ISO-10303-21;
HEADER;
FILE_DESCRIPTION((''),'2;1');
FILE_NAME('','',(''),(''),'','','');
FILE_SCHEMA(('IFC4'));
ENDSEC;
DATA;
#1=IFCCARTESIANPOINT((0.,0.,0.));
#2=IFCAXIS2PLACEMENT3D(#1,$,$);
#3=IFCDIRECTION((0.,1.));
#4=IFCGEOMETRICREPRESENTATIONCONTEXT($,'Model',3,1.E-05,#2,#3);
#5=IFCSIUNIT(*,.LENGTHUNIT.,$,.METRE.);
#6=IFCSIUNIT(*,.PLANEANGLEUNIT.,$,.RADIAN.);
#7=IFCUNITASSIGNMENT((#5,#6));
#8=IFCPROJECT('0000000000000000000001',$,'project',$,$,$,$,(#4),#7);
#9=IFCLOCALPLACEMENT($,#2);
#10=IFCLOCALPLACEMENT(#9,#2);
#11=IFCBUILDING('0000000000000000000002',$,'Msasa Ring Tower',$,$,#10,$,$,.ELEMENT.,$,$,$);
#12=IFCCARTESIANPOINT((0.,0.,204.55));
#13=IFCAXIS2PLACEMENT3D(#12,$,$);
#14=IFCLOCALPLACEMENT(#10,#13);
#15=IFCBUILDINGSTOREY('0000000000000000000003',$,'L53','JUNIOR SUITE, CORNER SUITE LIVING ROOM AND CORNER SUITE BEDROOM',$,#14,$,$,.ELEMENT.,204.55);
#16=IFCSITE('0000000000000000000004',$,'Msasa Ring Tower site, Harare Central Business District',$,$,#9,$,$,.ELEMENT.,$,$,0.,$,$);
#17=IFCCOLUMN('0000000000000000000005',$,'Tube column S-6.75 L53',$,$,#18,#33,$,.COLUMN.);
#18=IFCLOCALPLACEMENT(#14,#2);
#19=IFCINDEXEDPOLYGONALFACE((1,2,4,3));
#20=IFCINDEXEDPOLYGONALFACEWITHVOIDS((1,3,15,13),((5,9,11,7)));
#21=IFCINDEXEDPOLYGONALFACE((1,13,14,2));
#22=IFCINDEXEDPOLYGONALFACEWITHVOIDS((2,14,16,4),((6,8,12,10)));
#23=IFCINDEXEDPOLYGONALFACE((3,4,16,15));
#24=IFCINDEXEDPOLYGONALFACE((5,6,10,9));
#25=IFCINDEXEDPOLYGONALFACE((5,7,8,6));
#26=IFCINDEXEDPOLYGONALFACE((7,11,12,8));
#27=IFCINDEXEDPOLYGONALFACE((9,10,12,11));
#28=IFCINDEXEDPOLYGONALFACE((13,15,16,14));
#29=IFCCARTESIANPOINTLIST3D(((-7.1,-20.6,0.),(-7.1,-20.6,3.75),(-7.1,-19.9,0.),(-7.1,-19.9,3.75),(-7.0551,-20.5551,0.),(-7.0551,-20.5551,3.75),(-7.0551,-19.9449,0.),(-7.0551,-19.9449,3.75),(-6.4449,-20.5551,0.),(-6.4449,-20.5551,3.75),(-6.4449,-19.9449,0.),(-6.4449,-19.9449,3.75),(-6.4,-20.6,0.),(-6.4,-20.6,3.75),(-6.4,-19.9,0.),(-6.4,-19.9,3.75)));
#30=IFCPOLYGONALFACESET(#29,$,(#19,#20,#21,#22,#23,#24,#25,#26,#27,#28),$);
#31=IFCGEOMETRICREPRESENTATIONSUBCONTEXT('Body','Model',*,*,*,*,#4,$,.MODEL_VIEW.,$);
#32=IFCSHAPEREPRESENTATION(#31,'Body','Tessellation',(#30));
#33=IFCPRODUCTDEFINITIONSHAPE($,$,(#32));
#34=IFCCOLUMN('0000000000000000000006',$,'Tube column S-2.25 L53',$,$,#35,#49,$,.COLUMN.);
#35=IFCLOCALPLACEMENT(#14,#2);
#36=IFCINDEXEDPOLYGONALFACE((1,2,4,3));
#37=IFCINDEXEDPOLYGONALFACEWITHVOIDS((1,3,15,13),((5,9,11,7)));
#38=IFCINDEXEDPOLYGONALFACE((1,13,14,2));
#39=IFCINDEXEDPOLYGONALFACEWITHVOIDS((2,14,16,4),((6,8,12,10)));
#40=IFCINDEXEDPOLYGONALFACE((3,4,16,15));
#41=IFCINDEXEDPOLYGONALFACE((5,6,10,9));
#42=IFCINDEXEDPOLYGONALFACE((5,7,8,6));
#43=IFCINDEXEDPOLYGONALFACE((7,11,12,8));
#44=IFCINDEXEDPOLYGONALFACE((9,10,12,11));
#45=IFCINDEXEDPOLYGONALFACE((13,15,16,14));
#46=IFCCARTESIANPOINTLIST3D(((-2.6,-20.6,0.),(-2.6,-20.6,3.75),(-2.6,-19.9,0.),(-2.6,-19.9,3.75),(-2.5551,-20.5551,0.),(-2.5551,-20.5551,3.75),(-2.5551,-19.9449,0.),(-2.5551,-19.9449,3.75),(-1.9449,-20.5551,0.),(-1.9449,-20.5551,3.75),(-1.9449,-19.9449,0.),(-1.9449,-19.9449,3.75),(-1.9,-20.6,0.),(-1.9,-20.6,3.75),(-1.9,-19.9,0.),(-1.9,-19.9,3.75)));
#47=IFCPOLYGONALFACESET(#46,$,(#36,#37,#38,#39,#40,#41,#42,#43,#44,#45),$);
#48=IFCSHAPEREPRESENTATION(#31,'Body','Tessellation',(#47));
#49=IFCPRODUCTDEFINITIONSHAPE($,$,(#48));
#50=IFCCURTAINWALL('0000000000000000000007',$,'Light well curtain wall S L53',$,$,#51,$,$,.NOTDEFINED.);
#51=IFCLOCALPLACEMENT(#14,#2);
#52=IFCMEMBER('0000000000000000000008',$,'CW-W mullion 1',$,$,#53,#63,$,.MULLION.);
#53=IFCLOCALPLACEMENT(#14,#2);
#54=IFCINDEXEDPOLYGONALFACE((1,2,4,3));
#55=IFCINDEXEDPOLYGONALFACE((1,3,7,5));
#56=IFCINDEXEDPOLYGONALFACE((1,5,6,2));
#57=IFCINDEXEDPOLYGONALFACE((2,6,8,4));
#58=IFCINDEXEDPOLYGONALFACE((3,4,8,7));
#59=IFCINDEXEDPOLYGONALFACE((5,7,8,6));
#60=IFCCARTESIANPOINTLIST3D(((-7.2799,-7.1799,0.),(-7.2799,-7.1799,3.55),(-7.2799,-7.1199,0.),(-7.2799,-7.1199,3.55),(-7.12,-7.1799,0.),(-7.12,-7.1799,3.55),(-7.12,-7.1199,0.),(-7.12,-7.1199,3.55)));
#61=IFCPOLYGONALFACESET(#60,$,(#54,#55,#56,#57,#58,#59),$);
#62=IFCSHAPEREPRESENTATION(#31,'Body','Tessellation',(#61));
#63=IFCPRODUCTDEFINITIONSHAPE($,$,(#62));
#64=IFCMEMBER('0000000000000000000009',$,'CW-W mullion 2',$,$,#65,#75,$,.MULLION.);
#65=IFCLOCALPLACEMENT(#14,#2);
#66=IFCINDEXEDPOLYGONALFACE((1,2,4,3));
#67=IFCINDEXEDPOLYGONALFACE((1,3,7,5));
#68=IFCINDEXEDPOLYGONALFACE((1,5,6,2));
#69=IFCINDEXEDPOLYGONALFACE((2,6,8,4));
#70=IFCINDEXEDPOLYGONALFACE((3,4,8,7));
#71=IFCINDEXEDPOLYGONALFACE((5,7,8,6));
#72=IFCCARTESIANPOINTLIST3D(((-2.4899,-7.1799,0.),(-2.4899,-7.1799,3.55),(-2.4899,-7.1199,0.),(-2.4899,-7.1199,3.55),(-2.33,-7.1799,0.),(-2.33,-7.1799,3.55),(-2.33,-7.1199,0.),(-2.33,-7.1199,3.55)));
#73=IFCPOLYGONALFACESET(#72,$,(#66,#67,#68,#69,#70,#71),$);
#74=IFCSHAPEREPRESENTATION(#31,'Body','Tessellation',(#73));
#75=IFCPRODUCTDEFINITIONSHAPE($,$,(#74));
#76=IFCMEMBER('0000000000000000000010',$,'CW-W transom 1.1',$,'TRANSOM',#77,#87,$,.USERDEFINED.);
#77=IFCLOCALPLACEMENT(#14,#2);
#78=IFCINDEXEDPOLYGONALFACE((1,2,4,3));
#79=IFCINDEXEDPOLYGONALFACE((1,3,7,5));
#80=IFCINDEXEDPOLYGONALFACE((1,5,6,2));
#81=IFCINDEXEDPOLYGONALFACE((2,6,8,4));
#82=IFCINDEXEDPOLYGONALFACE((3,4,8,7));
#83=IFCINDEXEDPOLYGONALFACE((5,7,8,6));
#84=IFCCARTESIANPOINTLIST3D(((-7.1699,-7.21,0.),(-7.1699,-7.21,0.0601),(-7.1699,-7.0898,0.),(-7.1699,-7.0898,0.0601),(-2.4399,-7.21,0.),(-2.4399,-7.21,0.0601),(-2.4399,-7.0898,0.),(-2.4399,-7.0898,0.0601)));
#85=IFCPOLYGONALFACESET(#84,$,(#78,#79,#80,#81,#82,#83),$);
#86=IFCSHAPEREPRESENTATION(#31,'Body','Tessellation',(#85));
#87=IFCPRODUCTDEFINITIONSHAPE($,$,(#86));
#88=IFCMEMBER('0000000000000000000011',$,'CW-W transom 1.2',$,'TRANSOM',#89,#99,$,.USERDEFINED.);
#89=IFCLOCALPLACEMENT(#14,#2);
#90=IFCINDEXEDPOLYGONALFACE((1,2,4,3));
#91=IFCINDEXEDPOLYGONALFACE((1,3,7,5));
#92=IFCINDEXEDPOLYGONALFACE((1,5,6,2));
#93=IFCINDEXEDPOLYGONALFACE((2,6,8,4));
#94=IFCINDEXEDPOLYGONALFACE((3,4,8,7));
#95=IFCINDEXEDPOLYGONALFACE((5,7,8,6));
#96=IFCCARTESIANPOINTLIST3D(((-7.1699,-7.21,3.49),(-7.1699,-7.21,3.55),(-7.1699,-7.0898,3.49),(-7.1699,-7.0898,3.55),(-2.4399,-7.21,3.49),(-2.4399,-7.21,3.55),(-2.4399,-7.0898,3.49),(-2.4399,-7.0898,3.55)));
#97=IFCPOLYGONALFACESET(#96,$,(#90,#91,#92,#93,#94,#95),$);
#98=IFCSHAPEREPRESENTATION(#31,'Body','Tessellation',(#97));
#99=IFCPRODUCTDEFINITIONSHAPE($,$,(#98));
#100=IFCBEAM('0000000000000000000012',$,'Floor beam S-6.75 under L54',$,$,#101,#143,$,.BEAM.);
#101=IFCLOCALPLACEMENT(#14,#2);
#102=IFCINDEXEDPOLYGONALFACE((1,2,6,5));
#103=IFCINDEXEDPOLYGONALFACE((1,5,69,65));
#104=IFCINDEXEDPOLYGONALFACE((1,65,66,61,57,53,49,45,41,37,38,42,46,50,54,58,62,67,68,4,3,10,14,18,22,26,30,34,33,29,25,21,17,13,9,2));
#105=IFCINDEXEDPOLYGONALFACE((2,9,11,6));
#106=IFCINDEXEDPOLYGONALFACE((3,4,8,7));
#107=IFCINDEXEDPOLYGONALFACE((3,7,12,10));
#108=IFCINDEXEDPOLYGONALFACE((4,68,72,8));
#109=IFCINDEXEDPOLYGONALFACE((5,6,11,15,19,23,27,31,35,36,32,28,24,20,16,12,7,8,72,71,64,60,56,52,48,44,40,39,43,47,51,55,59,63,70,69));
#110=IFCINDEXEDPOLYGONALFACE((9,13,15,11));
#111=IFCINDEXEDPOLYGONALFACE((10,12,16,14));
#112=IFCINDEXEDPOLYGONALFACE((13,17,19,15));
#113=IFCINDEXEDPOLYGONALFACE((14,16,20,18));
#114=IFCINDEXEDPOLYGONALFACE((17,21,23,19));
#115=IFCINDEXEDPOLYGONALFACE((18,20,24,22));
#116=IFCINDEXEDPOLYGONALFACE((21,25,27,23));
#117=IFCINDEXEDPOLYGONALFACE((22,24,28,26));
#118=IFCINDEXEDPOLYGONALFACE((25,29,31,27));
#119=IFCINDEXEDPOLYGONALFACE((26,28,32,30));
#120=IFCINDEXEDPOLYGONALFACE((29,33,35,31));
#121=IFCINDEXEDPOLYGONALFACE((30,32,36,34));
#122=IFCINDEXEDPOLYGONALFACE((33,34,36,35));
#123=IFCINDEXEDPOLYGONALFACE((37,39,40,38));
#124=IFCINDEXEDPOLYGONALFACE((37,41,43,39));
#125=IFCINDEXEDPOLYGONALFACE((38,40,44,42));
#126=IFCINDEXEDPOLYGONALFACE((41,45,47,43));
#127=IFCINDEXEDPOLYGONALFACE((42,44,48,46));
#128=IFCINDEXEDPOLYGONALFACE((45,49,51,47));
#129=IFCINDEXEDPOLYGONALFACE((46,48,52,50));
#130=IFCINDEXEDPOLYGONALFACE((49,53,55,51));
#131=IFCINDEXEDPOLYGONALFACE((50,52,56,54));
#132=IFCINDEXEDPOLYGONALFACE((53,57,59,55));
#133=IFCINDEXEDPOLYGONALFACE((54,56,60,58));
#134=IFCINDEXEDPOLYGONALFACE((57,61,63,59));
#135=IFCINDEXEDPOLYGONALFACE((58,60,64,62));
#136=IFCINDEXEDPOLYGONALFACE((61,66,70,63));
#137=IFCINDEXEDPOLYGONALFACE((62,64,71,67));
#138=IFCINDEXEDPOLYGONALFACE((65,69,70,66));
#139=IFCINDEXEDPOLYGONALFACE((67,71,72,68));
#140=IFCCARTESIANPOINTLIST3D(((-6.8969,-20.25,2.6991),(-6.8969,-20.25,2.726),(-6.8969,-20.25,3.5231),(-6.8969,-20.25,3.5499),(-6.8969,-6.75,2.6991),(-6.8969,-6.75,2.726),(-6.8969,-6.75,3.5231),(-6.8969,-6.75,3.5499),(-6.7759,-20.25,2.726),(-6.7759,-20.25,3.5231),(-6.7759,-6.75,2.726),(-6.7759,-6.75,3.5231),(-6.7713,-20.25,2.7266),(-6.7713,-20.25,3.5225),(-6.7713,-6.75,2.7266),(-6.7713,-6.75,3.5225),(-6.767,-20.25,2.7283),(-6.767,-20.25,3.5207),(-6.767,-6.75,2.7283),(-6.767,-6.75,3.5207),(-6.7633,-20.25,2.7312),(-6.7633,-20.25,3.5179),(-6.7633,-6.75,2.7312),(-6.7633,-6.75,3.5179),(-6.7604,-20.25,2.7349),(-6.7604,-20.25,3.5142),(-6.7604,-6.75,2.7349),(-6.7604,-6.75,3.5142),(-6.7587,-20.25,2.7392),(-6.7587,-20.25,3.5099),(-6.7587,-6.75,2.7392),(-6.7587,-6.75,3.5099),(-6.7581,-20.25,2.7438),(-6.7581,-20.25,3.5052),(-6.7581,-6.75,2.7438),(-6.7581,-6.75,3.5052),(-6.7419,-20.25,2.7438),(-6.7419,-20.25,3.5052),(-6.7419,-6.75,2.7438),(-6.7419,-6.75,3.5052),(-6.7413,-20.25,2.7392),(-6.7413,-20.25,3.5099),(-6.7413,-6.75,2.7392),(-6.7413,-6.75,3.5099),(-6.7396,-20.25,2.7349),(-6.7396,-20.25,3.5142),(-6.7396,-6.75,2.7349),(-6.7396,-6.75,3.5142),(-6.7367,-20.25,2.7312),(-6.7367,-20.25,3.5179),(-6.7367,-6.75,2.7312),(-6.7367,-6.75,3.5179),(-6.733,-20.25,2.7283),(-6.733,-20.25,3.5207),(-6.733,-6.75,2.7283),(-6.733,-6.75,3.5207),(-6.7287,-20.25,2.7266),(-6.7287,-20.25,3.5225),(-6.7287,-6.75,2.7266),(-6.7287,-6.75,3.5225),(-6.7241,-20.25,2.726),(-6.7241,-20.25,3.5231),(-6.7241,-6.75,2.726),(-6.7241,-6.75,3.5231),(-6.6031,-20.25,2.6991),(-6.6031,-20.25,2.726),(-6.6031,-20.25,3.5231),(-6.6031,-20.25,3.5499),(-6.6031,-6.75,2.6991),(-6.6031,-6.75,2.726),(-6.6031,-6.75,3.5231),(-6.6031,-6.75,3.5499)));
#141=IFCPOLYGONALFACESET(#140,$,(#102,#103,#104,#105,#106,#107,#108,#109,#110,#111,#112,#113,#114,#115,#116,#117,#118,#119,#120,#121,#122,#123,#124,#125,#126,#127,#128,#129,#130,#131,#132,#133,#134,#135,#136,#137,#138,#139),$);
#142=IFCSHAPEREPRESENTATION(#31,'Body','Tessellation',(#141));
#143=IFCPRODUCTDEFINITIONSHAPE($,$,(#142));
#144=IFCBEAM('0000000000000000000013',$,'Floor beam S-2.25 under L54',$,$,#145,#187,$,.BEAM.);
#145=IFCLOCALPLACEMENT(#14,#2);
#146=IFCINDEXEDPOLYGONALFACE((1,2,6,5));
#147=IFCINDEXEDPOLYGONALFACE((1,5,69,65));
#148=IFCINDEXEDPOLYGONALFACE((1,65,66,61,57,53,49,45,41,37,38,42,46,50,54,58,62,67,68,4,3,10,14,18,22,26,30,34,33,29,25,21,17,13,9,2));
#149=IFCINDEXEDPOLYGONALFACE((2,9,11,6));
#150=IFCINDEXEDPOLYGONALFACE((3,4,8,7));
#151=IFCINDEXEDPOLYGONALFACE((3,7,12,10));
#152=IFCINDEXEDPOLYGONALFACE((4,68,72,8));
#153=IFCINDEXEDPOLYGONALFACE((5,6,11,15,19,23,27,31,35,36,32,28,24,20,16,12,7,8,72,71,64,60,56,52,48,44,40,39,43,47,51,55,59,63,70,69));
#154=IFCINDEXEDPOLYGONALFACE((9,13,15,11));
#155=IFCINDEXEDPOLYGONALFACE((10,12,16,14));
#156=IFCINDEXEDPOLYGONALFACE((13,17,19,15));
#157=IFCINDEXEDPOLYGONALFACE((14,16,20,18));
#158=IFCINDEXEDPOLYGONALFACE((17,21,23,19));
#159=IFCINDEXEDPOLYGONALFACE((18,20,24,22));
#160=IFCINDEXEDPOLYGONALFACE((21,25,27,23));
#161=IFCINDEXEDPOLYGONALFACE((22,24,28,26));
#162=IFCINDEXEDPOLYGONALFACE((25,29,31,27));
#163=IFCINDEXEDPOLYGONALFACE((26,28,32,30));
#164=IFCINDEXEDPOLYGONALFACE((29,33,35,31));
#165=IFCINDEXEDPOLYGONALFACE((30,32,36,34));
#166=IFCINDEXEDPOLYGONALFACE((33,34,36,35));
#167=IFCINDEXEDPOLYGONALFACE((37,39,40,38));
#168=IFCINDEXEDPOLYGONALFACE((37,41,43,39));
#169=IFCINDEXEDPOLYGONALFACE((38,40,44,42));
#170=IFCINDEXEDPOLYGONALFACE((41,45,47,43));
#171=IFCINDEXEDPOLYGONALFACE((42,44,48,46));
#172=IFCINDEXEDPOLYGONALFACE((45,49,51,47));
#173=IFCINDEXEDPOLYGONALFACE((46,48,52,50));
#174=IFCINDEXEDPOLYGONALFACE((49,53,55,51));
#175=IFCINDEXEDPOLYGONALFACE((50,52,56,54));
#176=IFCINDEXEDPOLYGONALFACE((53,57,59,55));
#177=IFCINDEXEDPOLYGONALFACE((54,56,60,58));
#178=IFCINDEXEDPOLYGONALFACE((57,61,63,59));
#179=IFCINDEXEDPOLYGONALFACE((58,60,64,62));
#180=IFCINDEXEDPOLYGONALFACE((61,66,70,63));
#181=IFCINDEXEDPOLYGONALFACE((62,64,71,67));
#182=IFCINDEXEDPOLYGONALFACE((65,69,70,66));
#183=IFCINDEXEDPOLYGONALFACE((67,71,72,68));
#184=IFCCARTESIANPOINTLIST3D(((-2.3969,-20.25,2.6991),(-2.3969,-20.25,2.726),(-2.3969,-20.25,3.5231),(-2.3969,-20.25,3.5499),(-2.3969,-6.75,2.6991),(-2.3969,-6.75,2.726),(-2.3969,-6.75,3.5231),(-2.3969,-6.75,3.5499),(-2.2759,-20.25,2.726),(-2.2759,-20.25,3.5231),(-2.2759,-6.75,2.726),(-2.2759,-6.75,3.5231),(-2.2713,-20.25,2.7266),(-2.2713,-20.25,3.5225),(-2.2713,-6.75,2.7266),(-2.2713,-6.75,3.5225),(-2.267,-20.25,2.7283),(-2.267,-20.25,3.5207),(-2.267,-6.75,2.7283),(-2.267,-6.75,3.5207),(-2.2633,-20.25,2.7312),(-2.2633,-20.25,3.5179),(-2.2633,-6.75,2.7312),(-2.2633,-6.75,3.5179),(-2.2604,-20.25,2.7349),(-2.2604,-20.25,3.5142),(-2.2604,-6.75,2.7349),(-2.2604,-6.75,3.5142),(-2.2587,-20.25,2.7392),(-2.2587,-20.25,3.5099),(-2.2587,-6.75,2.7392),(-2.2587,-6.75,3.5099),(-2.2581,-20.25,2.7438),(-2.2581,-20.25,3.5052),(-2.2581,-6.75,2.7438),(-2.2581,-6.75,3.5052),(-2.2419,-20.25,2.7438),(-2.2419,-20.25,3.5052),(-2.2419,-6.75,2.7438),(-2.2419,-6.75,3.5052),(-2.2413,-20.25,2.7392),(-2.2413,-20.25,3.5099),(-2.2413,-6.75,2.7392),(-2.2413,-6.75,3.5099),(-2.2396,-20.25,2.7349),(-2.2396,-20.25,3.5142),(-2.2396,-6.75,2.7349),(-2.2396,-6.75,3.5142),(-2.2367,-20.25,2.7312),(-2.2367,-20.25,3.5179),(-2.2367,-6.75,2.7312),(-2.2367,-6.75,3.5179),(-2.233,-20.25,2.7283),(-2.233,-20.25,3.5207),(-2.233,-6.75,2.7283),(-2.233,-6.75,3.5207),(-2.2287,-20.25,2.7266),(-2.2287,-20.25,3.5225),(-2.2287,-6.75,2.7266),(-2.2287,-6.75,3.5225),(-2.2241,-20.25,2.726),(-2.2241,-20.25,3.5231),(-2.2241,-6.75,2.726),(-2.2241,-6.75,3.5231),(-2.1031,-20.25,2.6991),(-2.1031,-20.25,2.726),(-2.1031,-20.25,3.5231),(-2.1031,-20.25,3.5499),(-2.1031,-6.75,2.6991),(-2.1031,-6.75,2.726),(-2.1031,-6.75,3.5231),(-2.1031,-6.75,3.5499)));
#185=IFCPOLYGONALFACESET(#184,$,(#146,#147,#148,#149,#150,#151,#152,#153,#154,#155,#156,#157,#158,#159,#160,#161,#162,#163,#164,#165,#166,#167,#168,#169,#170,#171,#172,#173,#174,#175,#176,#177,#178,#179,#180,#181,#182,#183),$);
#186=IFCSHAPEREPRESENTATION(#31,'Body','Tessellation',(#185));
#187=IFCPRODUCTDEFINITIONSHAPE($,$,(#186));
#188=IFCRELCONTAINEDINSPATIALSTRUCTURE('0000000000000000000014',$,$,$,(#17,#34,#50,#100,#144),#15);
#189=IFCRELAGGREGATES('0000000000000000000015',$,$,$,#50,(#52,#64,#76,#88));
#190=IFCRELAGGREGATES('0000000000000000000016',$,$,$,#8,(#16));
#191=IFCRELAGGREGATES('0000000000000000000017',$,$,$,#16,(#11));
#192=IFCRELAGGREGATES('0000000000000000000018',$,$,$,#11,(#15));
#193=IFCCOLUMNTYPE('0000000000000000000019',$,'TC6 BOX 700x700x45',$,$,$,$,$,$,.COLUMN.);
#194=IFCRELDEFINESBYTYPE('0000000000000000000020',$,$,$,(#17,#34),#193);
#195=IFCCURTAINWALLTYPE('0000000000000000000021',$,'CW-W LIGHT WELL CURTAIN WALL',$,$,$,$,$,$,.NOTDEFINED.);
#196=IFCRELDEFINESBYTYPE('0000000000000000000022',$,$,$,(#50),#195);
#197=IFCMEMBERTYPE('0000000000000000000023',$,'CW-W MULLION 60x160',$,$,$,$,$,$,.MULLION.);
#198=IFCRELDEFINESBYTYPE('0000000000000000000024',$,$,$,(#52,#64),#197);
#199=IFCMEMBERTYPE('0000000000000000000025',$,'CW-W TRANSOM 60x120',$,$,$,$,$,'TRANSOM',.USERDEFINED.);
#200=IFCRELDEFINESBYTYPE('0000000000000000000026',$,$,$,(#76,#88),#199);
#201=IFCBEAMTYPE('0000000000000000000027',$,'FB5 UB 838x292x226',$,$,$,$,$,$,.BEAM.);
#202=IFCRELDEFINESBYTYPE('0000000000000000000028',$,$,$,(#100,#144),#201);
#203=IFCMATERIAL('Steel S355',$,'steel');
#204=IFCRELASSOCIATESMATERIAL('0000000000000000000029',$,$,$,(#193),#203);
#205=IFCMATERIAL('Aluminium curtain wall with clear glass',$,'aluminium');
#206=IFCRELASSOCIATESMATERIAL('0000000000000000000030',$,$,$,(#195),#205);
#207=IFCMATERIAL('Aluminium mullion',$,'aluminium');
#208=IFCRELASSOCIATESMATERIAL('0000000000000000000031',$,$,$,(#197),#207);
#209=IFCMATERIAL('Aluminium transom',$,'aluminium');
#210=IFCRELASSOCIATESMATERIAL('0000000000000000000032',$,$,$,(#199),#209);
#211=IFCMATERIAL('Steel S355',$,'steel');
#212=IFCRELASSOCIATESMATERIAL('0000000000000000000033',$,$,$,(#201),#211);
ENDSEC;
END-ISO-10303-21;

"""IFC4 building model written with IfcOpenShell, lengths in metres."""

from ifc_helpers import new_model, si_unit, direction, frame, origin, origin_2d, place, context, subcontext, project, spatial, rectangle, hollow_rectangle, i_section, extrude, material, material_profile, profile_set, type_object, element, aggregate, save


model = new_model("IFC4")

# Units and contexts
model_context = context("Model", 3, precision=1e-05, world=origin(), true_north=direction((0.0, 1.0)))
body_context = subcontext(model_context, "Body", "Model", "MODEL_VIEW")
ifc_project = project(units=[si_unit("LENGTHUNIT", "METRE"), si_unit("PLANEANGLEUNIT", "RADIAN")], contexts=[model_context])

# Site, building, storey
site_placement = place(None, origin())
site = spatial("IfcSite", under=ifc_project, at=site_placement, Name="Msasa Ring Tower site, Harare Central Business District", CompositionType="ELEMENT", RefElevation=0.0)
building_placement = place(site_placement, origin())
building = spatial("IfcBuilding", under=site, at=building_placement, Name="Msasa Ring Tower", CompositionType="ELEMENT")
storey_placement = place(building_placement, frame((0.0, 0.0, 204.55)))
storey = spatial("IfcBuildingStorey", under=building, at=storey_placement, Name="L53", Description="JUNIOR SUITE, CORNER SUITE LIVING ROOM AND CORNER SUITE BEDROOM", CompositionType="ELEMENT", Elevation=204.55)

# Columns
ifc_material_1 = material(Name="Steel S355", Category="steel")
ifc_material_profile_1 = material_profile(ifc_material_1, hollow_rectangle(XDim=0.7, YDim=0.7, WallThickness=0.0449, at=origin_2d()), Name="BOX 700x700x45")
ifc_profile_set_1 = profile_set([ifc_material_profile_1], Name="Steel S355")
column_type = type_object("IfcColumnType", Name="TC6 BOX 700x700x45", PredefinedType="COLUMN", material=ifc_profile_set_1)
for number, where, z_axis, x_axis, name in (
    (1, (-6.75, -20.25, 0.0), (0.0, 0.0, 1.0), (0.0, 1.0, 0.0), "Tube column S-6.75 L53"),
    (2, (-2.25, -20.25, 0.0), (0.0, 0.0, 1.0), (0.0, 1.0, 0.0), "Tube column S-2.25 L53"),
):
    element("IfcColumn", number, at=place(storey_placement, frame(where, z_axis=z_axis, x_axis=x_axis)), inside=storey, type_object=column_type, Name=name, PredefinedType="COLUMN", context=body_context, shape_type="SweptSolid", body=[
        extrude(hollow_rectangle(XDim=0.7, YDim=0.7, WallThickness=0.0449, at=origin_2d()), origin(), (0.0, 0.0, 1.0), 3.75),
    ])

# Curtain wall, members
ifc_material_2 = material(Name="Aluminium curtain wall with clear glass", Category="aluminium")
curtain_wall_type = type_object("IfcCurtainWallType", Name="CW-W LIGHT WELL CURTAIN WALL", PredefinedType="NOTDEFINED", material=ifc_material_2)
curtain_wall_placement = place(storey_placement, origin())
curtain_wall = element("IfcCurtainWall", 3, at=curtain_wall_placement, inside=storey, type_object=curtain_wall_type, Name="Light well curtain wall S L53", PredefinedType="NOTDEFINED")
ifc_material_3 = material(Name="Aluminium mullion", Category="aluminium")
ifc_material_profile_2 = material_profile(ifc_material_3, rectangle(XDim=0.0601, YDim=0.1599, at=origin_2d()), Name="AL 60x160")
ifc_profile_set_2 = profile_set([ifc_material_profile_2], Name="Aluminium mullion")
member_type_1 = type_object("IfcMemberType", Name="CW-W MULLION 60x160", PredefinedType="MULLION", material=ifc_profile_set_2)
member_1_placement = place(storey_placement, frame((-7.2, -7.1499, 0.0), z_axis=(0.0, 0.0, 1.0), x_axis=(0.0, 1.0, 0.0)))
member_1 = element("IfcMember", 4, at=member_1_placement, type_object=member_type_1, Name="CW-W mullion 1", PredefinedType="MULLION", context=body_context, shape_type="SweptSolid", body=[
    extrude(rectangle(XDim=0.0601, YDim=0.1599, at=origin_2d()), origin(), (0.0, 0.0, 1.0), 3.55),
])
member_2_placement = place(storey_placement, frame((-2.4099, -7.1499, 0.0), z_axis=(0.0, 0.0, 1.0), x_axis=(0.0, 1.0, 0.0)))
member_2 = element("IfcMember", 5, at=member_2_placement, type_object=member_type_1, Name="CW-W mullion 2", PredefinedType="MULLION", context=body_context, shape_type="SweptSolid", body=[
    extrude(rectangle(XDim=0.0601, YDim=0.1599, at=origin_2d()), origin(), (0.0, 0.0, 1.0), 3.55),
])
ifc_material_4 = material(Name="Aluminium transom", Category="aluminium")
ifc_material_profile_3 = material_profile(ifc_material_4, rectangle(XDim=0.1201, YDim=0.0601, at=origin_2d()), Name="AL 60x120")
ifc_profile_set_3 = profile_set([ifc_material_profile_3], Name="Aluminium transom")
member_type_2 = type_object("IfcMemberType", Name="CW-W TRANSOM 60x120", ElementType="TRANSOM", PredefinedType="USERDEFINED", material=ifc_profile_set_3)
member_3_placement = place(storey_placement, frame((-7.1699, -7.1499, 0.03), z_axis=(1.0, 0.0, 0.0), x_axis=(0.0, 1.0, 0.0)))
member_3 = element("IfcMember", 6, at=member_3_placement, type_object=member_type_2, Name="CW-W transom 1.1", ObjectType="TRANSOM", PredefinedType="USERDEFINED", context=body_context, shape_type="SweptSolid", body=[
    extrude(rectangle(XDim=0.1201, YDim=0.0601, at=origin_2d()), origin(), (0.0, 0.0, 1.0), 4.73),
])
member_4_placement = place(storey_placement, frame((-7.1699, -7.1499, 3.52), z_axis=(1.0, 0.0, 0.0), x_axis=(0.0, 1.0, 0.0)))
member_4 = element("IfcMember", 7, at=member_4_placement, type_object=member_type_2, Name="CW-W transom 1.2", ObjectType="TRANSOM", PredefinedType="USERDEFINED", context=body_context, shape_type="SweptSolid", body=[
    extrude(rectangle(XDim=0.1201, YDim=0.0601, at=origin_2d()), origin(), (0.0, 0.0, 1.0), 4.73),
])

# Beams
ifc_material_5 = material(Name="Steel S355", Category="steel")
ifc_material_profile_4 = material_profile(ifc_material_5, i_section(OverallWidth=0.2937, OverallDepth=0.8508, WebThickness=0.0161, FlangeThickness=0.0269, FilletRadius=0.0178, at=origin_2d()), Name="UB 838x292x226")
ifc_profile_set_4 = profile_set([ifc_material_profile_4], Name="Steel S355")
beam_type_1 = type_object("IfcBeamType", Name="FB5 UB 838x292x226", PredefinedType="BEAM", material=ifc_profile_set_4)
for number, where, z_axis, x_axis, name in (
    (8, (-6.75, -20.25, 3.1245), (0.0, 1.0, 0.0), (-1.0, 0.0, 0.0), "Floor beam S-6.75 under L54"),
    (9, (-2.25, -20.25, 3.1245), (0.0, 1.0, 0.0), (-1.0, 0.0, 0.0), "Floor beam S-2.25 under L54"),
):
    element("IfcBeam", number, at=place(storey_placement, frame(where, z_axis=z_axis, x_axis=x_axis)), inside=storey, type_object=beam_type_1, Name=name, PredefinedType="BEAM", context=body_context, shape_type="SweptSolid", body=[
        extrude(i_section(OverallWidth=0.2937, OverallDepth=0.8508, WebThickness=0.0161, FlangeThickness=0.0269, FilletRadius=0.0178, at=origin_2d()), origin(), (0.0, 0.0, 1.0), 13.5),
    ])

aggregate(curtain_wall, [member_1, member_2, member_3, member_4])

save(model, "model.ifc")
